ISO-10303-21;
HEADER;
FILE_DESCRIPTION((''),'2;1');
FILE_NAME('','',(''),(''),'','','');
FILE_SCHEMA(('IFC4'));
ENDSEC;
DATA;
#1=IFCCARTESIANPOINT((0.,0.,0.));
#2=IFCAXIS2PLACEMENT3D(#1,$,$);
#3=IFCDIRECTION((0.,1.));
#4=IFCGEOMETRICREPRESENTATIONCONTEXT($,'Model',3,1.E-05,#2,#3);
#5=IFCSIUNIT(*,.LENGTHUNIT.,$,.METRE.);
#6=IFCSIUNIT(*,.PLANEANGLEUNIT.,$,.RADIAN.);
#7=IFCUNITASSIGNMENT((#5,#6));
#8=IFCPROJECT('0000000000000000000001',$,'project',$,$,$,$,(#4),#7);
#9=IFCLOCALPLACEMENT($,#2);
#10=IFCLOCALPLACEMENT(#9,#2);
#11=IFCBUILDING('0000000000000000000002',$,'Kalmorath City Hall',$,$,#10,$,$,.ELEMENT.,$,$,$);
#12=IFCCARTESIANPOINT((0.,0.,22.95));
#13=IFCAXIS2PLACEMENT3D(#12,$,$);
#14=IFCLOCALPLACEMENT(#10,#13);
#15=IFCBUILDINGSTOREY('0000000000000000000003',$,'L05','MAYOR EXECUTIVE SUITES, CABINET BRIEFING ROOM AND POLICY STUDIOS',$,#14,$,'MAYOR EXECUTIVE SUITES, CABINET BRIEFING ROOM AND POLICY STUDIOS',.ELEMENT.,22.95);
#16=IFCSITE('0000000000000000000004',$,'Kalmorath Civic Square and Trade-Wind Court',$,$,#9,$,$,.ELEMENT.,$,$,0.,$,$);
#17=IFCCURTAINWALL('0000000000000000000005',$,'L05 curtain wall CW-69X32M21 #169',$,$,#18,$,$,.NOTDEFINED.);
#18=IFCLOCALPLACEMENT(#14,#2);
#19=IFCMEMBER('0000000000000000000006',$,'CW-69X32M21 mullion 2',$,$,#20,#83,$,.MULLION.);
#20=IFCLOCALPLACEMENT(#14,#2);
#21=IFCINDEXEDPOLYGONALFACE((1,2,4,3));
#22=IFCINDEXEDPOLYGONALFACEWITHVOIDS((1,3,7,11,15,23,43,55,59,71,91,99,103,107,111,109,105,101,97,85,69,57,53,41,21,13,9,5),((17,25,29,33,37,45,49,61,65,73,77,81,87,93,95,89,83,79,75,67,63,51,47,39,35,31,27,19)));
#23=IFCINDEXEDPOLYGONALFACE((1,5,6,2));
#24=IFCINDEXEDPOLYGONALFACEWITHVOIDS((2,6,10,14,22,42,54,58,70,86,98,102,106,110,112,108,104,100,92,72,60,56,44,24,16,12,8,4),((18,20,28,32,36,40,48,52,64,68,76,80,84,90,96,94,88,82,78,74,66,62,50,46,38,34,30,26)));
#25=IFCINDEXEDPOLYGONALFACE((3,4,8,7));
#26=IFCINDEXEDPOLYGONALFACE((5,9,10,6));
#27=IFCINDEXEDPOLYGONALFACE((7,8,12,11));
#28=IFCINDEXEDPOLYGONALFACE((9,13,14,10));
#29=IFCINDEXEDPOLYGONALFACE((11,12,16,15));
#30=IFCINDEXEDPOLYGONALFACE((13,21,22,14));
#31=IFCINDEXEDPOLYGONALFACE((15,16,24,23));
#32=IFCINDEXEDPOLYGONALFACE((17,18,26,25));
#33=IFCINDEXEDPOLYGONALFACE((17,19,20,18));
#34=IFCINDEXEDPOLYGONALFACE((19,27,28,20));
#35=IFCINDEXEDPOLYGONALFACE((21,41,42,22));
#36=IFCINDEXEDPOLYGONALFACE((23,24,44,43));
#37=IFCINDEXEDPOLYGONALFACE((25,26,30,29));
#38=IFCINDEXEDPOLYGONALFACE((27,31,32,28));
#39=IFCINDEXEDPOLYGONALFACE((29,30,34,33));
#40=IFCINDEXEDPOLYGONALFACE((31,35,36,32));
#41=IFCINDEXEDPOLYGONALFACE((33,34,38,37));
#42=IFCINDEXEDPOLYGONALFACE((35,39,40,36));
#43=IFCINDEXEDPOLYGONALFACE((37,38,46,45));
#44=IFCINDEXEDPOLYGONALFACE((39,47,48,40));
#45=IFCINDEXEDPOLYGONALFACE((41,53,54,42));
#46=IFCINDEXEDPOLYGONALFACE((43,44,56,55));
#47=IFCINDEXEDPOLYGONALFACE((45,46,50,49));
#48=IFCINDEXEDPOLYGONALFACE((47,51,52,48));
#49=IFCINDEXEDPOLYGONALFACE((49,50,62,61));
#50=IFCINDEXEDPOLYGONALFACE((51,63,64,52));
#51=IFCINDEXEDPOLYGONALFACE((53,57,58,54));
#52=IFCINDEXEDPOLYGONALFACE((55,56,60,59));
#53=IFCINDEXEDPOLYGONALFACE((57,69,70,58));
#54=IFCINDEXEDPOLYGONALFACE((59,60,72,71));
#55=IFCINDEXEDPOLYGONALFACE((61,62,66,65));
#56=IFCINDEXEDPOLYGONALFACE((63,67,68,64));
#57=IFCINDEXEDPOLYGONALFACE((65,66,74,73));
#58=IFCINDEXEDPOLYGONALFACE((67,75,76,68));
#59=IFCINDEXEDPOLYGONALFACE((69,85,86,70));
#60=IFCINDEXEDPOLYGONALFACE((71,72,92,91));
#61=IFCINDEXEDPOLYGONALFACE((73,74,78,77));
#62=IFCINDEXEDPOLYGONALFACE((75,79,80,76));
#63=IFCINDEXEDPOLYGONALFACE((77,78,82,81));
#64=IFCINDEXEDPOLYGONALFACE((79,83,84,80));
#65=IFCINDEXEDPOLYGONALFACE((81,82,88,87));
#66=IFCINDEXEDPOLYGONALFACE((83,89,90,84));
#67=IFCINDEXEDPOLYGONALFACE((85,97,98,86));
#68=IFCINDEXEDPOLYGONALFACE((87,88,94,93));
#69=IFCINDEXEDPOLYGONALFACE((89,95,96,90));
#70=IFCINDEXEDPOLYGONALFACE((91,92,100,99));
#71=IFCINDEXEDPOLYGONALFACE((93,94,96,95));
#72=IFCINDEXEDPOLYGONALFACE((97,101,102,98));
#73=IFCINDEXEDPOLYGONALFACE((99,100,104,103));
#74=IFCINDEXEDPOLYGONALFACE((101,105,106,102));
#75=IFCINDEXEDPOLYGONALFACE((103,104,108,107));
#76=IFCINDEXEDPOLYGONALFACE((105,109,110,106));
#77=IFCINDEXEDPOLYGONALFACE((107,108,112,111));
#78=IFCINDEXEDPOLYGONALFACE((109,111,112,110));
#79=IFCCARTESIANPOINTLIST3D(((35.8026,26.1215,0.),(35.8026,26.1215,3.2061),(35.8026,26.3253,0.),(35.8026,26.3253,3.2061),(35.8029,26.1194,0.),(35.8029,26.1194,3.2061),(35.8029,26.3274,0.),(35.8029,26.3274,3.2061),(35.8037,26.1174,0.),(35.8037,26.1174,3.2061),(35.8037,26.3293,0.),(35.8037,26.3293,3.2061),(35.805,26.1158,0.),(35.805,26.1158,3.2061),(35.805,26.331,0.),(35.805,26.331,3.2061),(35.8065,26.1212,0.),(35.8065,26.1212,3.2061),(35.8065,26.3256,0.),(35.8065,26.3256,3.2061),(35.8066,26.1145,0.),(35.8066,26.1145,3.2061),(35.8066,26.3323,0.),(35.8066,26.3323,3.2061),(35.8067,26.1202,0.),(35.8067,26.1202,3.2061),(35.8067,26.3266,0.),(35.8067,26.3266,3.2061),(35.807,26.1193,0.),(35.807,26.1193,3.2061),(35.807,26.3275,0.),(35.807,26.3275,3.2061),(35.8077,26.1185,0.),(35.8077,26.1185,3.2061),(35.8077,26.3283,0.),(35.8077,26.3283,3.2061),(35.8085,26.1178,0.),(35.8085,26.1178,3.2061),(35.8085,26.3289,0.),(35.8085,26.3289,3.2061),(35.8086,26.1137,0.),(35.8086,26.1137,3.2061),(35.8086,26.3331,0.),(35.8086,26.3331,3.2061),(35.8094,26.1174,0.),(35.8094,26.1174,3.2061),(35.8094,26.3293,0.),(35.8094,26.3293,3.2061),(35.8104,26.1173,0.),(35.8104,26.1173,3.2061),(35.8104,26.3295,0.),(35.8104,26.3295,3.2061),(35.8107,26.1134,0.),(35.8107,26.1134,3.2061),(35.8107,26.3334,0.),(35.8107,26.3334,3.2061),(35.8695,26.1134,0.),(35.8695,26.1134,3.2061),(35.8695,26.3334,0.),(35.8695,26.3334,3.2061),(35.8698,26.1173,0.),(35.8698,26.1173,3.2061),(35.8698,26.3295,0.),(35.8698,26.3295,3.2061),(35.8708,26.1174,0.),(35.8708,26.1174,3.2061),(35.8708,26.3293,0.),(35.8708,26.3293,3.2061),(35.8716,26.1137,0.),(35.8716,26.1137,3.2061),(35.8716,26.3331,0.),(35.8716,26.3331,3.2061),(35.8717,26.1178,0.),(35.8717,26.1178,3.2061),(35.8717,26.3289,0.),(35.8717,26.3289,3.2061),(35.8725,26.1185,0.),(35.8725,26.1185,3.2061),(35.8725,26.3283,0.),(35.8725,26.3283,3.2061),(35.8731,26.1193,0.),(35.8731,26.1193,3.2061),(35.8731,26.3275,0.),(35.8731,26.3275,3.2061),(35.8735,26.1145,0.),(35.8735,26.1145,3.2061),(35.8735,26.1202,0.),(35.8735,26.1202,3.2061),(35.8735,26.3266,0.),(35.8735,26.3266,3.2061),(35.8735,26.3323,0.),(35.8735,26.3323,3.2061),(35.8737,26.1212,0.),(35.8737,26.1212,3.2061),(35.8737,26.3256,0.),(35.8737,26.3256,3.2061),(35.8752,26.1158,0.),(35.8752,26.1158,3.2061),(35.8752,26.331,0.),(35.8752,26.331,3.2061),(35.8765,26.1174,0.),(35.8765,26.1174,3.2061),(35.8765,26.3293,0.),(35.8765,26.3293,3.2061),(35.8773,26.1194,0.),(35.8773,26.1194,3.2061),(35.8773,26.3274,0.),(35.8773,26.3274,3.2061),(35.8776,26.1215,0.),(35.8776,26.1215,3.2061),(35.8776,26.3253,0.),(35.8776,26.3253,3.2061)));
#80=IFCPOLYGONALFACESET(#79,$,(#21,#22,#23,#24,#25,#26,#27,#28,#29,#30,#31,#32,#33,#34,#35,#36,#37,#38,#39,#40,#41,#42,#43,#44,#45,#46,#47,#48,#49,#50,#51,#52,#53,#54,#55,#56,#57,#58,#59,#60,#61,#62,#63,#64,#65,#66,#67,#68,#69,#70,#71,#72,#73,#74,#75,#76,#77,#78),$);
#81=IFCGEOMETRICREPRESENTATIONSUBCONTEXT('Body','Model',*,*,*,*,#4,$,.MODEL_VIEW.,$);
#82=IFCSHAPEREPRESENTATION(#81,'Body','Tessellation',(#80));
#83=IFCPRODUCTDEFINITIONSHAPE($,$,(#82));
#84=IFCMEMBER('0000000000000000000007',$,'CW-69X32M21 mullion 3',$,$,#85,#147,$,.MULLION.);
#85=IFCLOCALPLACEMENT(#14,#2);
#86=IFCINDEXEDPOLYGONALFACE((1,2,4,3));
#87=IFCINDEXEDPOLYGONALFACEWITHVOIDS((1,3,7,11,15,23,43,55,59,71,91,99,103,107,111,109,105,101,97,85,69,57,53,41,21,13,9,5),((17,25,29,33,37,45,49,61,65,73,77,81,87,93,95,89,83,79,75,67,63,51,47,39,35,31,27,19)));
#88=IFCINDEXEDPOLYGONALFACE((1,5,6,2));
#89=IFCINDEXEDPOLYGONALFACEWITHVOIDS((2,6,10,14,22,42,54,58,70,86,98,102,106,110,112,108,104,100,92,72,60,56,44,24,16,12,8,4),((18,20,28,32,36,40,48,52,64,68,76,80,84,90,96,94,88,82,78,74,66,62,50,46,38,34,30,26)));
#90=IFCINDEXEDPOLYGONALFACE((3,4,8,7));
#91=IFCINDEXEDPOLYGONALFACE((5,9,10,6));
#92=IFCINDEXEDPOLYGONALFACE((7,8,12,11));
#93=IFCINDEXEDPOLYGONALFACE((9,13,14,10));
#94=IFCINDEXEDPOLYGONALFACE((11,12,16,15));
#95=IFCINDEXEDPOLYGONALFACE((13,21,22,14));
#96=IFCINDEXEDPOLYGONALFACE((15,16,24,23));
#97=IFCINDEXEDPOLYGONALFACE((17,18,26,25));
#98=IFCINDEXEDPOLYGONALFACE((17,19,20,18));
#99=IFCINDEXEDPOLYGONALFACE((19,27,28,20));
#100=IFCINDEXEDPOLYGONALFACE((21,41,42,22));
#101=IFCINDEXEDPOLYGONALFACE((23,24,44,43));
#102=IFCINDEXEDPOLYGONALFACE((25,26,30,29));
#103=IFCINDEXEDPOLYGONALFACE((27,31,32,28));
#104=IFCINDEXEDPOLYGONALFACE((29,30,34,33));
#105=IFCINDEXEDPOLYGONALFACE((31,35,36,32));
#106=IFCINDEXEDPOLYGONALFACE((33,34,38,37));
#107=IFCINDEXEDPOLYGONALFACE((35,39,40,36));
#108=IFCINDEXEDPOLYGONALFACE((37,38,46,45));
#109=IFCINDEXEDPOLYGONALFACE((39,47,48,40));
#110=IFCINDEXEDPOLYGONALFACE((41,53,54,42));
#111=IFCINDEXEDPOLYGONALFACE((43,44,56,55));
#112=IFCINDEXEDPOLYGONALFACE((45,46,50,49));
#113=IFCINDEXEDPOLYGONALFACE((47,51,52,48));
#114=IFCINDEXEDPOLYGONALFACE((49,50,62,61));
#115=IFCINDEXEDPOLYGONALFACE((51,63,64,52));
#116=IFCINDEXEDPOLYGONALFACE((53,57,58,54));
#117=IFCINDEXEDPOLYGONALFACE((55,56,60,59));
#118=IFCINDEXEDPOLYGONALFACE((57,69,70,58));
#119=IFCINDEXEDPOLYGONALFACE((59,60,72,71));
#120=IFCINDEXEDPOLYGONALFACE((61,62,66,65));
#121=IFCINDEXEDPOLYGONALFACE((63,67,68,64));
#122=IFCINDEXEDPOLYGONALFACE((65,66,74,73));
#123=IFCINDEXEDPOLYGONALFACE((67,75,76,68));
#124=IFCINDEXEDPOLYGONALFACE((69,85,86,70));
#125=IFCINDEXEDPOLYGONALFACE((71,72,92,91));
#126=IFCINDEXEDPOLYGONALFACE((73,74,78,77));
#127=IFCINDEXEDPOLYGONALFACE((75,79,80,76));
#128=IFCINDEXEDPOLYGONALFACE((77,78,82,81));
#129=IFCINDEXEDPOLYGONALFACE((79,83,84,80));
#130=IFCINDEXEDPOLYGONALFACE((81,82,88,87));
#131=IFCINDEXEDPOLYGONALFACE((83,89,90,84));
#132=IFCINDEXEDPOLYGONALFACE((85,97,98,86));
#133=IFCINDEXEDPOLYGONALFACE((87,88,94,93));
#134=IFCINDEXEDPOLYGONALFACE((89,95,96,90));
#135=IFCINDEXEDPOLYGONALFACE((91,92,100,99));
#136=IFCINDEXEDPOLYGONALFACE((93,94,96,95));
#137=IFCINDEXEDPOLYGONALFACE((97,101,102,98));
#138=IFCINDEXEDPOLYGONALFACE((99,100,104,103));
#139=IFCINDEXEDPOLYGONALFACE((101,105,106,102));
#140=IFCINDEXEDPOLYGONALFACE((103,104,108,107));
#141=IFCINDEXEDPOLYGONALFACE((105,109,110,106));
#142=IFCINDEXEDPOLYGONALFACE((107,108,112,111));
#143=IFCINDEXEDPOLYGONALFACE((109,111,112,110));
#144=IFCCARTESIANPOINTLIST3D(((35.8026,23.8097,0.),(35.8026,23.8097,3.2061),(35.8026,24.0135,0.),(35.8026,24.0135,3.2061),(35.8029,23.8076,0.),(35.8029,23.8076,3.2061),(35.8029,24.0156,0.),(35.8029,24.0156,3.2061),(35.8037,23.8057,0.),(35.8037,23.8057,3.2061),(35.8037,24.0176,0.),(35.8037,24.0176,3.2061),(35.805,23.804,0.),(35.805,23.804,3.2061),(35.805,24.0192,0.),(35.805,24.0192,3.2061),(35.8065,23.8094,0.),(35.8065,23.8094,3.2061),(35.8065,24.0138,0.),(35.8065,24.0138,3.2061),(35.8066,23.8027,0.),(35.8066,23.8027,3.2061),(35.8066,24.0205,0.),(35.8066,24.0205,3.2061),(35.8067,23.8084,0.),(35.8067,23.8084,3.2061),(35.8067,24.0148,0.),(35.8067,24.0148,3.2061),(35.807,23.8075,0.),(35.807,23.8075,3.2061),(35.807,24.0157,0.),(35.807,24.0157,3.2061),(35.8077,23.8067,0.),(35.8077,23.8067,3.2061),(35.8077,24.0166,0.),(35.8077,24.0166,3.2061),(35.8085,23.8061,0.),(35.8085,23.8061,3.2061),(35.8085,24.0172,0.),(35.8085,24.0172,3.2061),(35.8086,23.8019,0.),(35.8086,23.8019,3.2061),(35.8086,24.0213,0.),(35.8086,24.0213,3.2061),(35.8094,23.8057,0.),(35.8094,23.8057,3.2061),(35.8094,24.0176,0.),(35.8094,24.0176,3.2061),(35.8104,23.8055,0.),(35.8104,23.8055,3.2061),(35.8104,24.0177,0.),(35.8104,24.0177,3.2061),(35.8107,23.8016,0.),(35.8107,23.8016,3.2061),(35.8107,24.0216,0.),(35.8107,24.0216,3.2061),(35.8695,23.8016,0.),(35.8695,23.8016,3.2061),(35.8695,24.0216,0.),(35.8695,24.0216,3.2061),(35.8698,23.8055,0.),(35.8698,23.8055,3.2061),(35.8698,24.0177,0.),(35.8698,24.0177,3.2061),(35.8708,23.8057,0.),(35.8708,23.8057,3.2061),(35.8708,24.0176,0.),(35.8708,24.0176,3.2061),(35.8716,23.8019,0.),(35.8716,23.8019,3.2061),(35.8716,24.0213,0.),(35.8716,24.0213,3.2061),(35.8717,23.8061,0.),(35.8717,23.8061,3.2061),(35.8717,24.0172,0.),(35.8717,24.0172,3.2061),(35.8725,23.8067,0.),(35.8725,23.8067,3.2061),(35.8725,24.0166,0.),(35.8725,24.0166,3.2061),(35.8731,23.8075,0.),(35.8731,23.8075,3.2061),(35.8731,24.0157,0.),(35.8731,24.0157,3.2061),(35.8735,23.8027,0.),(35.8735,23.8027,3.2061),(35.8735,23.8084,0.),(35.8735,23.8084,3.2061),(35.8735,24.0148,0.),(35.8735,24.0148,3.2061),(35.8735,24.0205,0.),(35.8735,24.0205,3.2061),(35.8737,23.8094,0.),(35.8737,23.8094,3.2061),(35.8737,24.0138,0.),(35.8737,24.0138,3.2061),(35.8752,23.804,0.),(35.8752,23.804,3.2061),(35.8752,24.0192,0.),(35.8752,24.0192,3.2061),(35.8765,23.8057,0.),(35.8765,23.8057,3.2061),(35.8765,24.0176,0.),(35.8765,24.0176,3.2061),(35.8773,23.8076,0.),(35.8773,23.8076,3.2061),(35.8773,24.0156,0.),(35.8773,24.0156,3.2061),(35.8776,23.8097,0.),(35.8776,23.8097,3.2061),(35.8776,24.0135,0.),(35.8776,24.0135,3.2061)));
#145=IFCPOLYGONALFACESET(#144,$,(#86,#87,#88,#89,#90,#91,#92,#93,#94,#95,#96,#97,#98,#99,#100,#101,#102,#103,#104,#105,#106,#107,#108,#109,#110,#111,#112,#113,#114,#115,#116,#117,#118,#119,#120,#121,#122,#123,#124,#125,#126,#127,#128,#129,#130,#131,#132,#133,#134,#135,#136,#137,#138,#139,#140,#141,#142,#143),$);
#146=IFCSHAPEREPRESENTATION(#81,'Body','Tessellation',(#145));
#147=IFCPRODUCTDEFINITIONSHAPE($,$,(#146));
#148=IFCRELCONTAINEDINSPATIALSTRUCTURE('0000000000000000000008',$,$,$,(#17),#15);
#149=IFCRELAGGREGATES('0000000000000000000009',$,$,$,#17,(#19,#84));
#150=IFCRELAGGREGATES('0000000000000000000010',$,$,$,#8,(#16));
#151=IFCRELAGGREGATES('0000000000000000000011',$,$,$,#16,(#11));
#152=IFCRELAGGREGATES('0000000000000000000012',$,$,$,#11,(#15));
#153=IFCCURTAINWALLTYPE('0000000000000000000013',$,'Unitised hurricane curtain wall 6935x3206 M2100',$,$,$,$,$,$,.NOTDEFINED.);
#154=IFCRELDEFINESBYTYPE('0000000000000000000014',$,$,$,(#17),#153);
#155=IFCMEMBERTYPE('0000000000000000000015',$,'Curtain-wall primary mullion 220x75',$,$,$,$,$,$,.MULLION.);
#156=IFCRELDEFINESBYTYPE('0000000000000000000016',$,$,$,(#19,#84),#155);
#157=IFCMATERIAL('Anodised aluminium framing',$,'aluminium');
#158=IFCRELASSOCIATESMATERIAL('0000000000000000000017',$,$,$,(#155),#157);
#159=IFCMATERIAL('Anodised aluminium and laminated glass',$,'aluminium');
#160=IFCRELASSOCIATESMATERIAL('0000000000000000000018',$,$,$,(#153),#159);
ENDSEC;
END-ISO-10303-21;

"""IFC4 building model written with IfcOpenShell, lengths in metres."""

from ifc_helpers import new_model, si_unit, direction, frame, origin, origin_2d, place, context, subcontext, project, spatial, hollow_rectangle, extrude, material, material_profile, profile_set, type_object, element, aggregate, save


model = new_model("IFC4")

# Units and contexts
model_context = context("Model", 3, precision=1e-05, world=origin(), true_north=direction((0.0, 1.0)))
body_context = subcontext(model_context, "Body", "Model", "MODEL_VIEW")
ifc_project = project(units=[si_unit("LENGTHUNIT", "METRE"), si_unit("PLANEANGLEUNIT", "RADIAN")], contexts=[model_context])

# Site, building, storey
site_placement = place(None, origin())
site = spatial("IfcSite", under=ifc_project, at=site_placement, Name="Kalmorath Civic Square and Trade-Wind Court", CompositionType="ELEMENT", RefElevation=0.0)
building_placement = place(site_placement, origin())
building = spatial("IfcBuilding", under=site, at=building_placement, Name="Kalmorath City Hall", CompositionType="ELEMENT")
storey_placement = place(building_placement, frame((0.0, 0.0, 22.95)))
storey = spatial("IfcBuildingStorey", under=building, at=storey_placement, Name="L05", Description="MAYOR EXECUTIVE SUITES, CABINET BRIEFING ROOM AND POLICY STUDIOS", LongName="MAYOR EXECUTIVE SUITES, CABINET BRIEFING ROOM AND POLICY STUDIOS", CompositionType="ELEMENT", Elevation=22.95)

# Shared definitions
ifc_material_1 = material(Name="Anodised aluminium framing", Category="aluminium")
ifc_material_profile_1 = material_profile(ifc_material_1, hollow_rectangle(XDim=0.075, YDim=0.22, WallThickness=0.0039, InnerFilletRadius=0.0039, OuterFilletRadius=0.0081, at=origin_2d()), Name="ALU-MUL-220X75X4")
ifc_profile_set_1 = profile_set([ifc_material_profile_1], Name="Anodised aluminium framing")
member_type_1 = type_object("IfcMemberType", Name="Curtain-wall primary mullion 220x75", PredefinedType="MULLION", material=ifc_profile_set_1)

# Curtain wall, members
ifc_material_2 = material(Name="Anodised aluminium and laminated glass", Category="aluminium")
curtain_wall_type_1 = type_object("IfcCurtainWallType", Name="Unitised hurricane curtain wall 6935x3206 M2100", PredefinedType="NOTDEFINED", material=ifc_material_2)
curtain_wall_1_placement = place(storey_placement, origin())
curtain_wall_1 = element("IfcCurtainWall", 1, at=curtain_wall_1_placement, inside=storey, type_object=curtain_wall_type_1, Name="L05 curtain wall CW-69X32M21 #169", PredefinedType="NOTDEFINED")
member_1_placement = place(storey_placement, frame((35.8401, 26.2234, 0.0), z_axis=(0.0, 0.0, 1.0), x_axis=(1.0, 0.0, 0.0)))
member_1 = element("IfcMember", 2, at=member_1_placement, type_object=member_type_1, Name="CW-69X32M21 mullion 2", PredefinedType="MULLION", context=body_context, shape_type="SweptSolid", body=[
    extrude(hollow_rectangle(XDim=0.075, YDim=0.22, WallThickness=0.0039, InnerFilletRadius=0.0039, OuterFilletRadius=0.0081, at=origin_2d()), origin(), (0.0, 0.0, 1.0), 3.2061),
])
member_2_placement = place(storey_placement, frame((35.8401, 23.9116, 0.0), z_axis=(0.0, 0.0, 1.0), x_axis=(1.0, 0.0, 0.0)))
member_2 = element("IfcMember", 3, at=member_2_placement, type_object=member_type_1, Name="CW-69X32M21 mullion 3", PredefinedType="MULLION", context=body_context, shape_type="SweptSolid", body=[
    extrude(hollow_rectangle(XDim=0.075, YDim=0.22, WallThickness=0.0039, InnerFilletRadius=0.0039, OuterFilletRadius=0.0081, at=origin_2d()), origin(), (0.0, 0.0, 1.0), 3.2061),
])

aggregate(curtain_wall_1, [member_1, member_2])

save(model, "model.ifc")
